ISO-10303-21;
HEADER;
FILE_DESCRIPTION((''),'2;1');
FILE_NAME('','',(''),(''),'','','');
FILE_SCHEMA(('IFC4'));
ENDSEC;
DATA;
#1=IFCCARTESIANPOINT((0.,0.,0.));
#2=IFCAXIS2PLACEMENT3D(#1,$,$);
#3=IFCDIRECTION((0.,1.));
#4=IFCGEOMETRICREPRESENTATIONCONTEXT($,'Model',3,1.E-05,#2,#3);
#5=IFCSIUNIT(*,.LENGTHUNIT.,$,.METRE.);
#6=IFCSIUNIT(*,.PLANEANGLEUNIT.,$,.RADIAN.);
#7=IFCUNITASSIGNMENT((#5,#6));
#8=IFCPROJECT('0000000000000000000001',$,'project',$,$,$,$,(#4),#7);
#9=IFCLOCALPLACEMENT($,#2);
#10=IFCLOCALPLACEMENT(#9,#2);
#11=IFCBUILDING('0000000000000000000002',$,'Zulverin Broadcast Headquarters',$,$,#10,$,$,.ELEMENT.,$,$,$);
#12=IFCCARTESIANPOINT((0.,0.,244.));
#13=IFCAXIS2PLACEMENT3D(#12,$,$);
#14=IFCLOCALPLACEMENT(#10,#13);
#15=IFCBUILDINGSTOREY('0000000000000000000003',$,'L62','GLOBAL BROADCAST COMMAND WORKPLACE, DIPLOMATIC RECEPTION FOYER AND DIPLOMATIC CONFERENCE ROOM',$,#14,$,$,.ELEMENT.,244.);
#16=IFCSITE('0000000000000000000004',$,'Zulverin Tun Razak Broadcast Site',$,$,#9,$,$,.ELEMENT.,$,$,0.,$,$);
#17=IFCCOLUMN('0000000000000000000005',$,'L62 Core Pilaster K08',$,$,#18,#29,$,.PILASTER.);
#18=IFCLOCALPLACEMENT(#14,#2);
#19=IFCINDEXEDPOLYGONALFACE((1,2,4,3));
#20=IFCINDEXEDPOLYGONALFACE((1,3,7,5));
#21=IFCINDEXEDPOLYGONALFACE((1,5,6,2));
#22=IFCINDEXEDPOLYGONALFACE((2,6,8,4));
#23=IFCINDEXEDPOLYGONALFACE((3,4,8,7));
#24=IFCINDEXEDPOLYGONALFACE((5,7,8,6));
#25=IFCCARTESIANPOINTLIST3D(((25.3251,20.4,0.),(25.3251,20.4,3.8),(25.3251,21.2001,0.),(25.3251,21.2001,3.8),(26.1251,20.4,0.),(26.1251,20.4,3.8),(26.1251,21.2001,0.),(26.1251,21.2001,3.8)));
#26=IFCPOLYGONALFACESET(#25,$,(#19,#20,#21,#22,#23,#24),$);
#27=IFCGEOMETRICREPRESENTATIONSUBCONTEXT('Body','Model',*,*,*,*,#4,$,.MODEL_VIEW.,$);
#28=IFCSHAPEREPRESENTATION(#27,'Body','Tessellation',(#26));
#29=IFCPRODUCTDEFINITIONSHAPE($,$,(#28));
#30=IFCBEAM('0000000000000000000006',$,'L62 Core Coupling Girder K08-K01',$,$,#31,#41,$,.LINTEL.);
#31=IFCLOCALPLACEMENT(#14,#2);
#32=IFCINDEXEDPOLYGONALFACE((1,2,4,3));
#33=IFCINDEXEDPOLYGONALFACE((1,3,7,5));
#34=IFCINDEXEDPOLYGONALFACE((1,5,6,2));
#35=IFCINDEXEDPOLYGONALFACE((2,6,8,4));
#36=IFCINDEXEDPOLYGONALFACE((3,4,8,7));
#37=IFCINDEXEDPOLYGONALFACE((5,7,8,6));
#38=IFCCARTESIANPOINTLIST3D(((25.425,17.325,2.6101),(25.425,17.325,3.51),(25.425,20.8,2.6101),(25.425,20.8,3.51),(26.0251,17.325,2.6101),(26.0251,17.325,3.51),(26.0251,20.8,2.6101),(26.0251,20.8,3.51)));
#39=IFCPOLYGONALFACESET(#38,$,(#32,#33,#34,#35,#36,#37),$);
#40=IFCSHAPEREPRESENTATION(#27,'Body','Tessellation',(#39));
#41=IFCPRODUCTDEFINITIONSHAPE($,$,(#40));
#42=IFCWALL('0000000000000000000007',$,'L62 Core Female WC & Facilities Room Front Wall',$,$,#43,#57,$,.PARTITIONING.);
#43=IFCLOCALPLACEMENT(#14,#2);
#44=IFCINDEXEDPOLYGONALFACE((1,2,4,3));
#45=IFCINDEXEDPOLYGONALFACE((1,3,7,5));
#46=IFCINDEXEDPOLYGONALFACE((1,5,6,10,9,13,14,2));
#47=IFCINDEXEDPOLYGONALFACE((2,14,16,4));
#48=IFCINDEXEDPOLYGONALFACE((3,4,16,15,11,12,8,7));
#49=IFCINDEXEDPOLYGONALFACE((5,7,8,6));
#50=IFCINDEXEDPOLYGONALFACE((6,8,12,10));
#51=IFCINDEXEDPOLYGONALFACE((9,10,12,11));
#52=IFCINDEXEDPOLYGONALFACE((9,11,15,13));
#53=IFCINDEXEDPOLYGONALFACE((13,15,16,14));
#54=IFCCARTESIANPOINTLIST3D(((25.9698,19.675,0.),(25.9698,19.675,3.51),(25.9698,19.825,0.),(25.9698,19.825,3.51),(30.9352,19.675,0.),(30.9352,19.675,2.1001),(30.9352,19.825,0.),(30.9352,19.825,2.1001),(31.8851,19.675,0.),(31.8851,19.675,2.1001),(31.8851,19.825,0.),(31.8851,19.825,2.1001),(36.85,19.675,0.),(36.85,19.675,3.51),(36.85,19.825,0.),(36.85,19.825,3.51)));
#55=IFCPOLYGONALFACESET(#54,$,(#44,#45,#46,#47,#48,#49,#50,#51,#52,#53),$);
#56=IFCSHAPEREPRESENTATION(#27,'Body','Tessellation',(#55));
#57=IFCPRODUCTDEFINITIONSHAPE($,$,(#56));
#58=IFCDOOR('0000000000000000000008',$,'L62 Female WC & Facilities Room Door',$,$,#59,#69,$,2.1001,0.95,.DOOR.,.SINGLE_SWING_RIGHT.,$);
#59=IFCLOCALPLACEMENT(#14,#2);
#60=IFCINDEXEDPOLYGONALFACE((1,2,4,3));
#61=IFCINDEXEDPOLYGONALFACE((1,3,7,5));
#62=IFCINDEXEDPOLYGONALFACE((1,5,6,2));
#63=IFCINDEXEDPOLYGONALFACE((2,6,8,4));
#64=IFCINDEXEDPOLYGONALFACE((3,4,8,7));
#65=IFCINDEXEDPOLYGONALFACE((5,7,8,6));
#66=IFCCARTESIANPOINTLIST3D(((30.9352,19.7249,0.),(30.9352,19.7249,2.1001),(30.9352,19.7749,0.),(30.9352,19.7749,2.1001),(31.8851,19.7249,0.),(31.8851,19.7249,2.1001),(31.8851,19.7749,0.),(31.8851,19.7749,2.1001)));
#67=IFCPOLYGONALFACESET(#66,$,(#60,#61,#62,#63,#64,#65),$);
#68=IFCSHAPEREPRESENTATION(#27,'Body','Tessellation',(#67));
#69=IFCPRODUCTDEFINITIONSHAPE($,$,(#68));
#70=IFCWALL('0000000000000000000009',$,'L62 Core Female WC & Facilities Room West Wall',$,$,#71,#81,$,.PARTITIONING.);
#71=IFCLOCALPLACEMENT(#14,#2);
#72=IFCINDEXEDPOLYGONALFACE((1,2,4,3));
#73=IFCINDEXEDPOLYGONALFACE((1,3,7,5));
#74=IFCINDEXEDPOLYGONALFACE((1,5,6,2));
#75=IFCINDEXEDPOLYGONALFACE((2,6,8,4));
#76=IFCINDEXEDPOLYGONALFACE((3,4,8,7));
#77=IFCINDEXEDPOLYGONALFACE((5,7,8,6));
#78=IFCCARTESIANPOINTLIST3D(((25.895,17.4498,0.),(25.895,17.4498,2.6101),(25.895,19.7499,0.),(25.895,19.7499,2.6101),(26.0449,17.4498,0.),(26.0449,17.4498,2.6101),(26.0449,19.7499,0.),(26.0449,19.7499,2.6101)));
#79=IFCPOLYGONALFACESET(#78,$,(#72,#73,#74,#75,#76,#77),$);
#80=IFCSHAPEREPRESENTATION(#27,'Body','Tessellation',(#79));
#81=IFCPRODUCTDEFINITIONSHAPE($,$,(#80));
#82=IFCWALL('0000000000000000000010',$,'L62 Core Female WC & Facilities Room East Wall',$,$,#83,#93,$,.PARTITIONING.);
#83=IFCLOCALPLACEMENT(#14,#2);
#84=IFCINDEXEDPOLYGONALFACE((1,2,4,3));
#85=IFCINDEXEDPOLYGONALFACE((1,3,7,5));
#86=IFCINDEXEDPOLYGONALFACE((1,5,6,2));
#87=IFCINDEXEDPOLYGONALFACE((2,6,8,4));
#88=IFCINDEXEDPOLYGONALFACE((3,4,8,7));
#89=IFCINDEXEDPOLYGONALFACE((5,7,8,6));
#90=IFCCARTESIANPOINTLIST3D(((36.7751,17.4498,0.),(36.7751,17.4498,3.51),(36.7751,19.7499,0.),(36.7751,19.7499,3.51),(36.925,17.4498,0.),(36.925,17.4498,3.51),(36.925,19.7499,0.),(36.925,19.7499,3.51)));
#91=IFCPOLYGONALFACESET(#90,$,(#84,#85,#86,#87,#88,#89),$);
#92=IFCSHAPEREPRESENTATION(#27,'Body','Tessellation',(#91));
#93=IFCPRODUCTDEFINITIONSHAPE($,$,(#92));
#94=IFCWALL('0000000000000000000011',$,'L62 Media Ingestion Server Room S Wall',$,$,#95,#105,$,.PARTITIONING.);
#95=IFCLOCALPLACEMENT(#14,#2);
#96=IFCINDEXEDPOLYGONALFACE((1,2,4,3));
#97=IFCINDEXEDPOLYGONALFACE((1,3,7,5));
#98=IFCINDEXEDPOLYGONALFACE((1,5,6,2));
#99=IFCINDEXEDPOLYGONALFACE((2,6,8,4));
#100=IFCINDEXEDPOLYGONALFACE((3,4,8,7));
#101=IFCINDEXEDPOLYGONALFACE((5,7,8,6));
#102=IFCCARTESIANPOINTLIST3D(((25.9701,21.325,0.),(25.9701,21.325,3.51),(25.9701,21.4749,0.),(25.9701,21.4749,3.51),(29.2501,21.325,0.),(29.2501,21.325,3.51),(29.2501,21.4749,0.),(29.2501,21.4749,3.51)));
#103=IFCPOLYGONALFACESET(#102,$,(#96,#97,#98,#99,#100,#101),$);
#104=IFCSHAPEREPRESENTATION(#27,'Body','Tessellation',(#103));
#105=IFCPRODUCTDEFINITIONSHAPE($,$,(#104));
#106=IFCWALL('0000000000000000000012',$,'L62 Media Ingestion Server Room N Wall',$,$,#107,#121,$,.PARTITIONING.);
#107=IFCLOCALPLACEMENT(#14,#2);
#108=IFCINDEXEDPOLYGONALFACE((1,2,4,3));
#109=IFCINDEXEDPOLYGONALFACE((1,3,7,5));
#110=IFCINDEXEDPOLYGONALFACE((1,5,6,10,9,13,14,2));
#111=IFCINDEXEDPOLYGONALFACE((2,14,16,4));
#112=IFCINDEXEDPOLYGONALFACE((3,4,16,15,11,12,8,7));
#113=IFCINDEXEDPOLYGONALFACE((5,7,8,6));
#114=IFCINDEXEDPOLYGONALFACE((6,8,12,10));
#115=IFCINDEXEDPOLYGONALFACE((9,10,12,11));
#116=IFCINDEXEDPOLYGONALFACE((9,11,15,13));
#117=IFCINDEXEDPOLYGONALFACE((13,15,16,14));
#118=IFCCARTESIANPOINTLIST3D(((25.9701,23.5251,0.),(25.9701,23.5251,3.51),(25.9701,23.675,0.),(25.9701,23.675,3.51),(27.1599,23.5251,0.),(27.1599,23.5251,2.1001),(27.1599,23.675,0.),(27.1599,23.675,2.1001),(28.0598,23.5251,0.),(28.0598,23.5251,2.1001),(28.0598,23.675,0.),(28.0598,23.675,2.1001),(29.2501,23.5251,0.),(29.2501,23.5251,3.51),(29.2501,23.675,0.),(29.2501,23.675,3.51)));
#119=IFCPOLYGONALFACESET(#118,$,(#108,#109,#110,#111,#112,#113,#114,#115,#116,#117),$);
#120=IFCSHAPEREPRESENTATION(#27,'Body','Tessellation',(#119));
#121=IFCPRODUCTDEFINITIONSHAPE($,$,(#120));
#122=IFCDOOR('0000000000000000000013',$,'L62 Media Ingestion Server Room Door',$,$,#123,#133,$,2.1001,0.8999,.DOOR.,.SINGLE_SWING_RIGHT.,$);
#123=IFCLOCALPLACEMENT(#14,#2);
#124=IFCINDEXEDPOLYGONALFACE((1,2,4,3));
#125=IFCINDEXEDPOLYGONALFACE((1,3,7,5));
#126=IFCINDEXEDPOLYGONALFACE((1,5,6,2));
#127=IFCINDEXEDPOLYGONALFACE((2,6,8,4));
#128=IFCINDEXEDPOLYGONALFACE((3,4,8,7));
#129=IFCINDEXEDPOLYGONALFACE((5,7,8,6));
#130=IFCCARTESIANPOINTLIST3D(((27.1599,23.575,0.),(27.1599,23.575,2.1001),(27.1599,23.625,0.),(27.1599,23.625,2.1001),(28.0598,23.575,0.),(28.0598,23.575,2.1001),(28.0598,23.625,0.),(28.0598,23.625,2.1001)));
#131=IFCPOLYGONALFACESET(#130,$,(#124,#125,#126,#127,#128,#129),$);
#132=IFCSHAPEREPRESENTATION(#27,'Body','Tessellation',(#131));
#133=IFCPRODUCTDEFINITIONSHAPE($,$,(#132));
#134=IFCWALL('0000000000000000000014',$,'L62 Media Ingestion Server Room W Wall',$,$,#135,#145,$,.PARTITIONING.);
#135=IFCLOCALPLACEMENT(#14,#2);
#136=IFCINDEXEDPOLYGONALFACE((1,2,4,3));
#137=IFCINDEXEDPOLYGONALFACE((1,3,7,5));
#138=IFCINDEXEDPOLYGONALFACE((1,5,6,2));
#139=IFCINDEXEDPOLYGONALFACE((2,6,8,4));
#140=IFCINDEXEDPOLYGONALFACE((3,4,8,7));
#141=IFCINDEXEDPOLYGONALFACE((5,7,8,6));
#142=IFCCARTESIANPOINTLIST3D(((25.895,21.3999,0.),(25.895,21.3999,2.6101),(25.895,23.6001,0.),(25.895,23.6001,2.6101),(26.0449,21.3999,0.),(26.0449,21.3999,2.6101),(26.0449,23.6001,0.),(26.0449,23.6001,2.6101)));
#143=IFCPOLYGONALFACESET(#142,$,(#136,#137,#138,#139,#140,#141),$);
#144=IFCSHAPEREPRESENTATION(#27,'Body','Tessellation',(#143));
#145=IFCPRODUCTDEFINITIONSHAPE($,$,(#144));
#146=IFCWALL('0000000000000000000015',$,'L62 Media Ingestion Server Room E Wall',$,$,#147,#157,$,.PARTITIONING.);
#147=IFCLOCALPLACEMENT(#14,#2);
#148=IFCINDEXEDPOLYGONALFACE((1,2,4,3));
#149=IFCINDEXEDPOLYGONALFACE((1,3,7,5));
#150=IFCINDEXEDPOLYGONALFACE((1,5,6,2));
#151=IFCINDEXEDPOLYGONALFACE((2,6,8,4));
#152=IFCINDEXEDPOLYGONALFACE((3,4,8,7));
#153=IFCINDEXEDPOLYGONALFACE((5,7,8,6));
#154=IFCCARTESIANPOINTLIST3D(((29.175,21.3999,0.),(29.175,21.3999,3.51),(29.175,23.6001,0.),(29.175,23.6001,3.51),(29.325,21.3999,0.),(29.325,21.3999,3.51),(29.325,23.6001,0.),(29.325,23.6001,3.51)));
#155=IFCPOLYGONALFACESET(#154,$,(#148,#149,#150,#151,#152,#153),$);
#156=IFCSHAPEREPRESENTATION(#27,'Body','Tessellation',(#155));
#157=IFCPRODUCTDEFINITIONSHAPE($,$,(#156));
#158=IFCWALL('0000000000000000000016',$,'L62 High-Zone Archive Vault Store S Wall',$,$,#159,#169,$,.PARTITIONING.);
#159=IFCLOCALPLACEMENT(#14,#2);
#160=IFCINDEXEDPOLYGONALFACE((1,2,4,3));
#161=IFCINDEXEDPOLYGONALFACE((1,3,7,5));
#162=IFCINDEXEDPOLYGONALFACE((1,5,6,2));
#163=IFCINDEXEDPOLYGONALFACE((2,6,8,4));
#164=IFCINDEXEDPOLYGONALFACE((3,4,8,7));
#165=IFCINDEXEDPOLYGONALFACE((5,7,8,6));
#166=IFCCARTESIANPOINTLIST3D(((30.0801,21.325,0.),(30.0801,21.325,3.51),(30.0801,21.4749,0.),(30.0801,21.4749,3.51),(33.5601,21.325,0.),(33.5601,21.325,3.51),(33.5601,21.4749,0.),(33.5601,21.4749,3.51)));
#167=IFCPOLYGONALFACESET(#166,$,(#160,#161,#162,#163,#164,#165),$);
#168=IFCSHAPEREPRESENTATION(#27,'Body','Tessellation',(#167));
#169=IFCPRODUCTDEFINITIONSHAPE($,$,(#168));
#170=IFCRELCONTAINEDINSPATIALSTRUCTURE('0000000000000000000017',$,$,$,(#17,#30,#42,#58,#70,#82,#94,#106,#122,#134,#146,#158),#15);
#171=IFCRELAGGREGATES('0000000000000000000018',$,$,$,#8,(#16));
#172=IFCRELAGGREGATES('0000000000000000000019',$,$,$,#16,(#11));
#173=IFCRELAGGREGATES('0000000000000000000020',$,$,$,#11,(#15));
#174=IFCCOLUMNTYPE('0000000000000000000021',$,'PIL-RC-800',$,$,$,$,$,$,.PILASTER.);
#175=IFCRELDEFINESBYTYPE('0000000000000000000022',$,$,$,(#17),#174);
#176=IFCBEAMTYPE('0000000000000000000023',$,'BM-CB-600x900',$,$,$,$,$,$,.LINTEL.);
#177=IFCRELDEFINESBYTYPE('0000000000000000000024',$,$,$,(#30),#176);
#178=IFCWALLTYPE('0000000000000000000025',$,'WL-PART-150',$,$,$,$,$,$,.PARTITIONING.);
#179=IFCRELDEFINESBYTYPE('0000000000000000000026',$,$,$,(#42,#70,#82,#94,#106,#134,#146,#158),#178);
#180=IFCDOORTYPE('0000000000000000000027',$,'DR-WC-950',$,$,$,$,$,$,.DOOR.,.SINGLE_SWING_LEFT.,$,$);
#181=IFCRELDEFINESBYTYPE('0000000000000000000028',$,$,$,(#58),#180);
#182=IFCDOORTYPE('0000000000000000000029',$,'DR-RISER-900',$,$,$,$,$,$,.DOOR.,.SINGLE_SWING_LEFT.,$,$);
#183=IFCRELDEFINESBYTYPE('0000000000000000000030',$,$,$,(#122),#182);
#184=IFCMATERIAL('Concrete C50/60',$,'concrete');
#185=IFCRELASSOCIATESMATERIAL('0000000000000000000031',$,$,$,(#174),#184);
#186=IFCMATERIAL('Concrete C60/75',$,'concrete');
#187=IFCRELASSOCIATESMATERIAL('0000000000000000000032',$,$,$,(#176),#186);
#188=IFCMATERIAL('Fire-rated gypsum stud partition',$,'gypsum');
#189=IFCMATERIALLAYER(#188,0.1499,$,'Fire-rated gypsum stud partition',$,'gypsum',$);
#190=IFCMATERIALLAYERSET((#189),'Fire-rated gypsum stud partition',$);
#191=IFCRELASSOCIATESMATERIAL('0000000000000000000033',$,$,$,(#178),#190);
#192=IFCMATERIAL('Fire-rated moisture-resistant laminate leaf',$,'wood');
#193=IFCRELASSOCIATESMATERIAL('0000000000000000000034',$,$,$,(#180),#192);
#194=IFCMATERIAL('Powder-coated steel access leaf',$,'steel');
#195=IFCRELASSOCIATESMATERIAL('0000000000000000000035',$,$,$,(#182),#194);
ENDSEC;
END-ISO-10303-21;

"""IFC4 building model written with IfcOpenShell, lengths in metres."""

from ifc_helpers import new_model, si_unit, direction, frame, frame_2d, origin, origin_2d, place, context, subcontext, project, spatial, rectangle, extrude, material, layer, layer_set, material_profile, profile_set, type_object, element, fill, save


model = new_model("IFC4")

# Units and contexts
model_context = context("Model", 3, precision=1e-05, world=origin(), true_north=direction((0.0, 1.0)))
body_context = subcontext(model_context, "Body", "Model", "MODEL_VIEW")
ifc_project = project(units=[si_unit("LENGTHUNIT", "METRE"), si_unit("PLANEANGLEUNIT", "RADIAN")], contexts=[model_context])

# Site, building, storey
site_placement = place(None, origin())
site = spatial("IfcSite", under=ifc_project, at=site_placement, Name="Zulverin Tun Razak Broadcast Site", CompositionType="ELEMENT", RefElevation=0.0)
building_placement = place(site_placement, origin())
building = spatial("IfcBuilding", under=site, at=building_placement, Name="Zulverin Broadcast Headquarters", CompositionType="ELEMENT")
storey_placement = place(building_placement, frame((0.0, 0.0, 244.0)))
storey = spatial("IfcBuildingStorey", under=building, at=storey_placement, Name="L62", Description="GLOBAL BROADCAST COMMAND WORKPLACE, DIPLOMATIC RECEPTION FOYER AND DIPLOMATIC CONFERENCE ROOM", CompositionType="ELEMENT", Elevation=244.0)

# Column
ifc_material_1 = material(Name="Concrete C50/60", Category="concrete")
ifc_material_profile_1 = material_profile(ifc_material_1, rectangle(XDim=0.8, YDim=0.8, at=origin_2d()), Name="Concrete C50/60", Category="concrete")
ifc_profile_set_1 = profile_set([ifc_material_profile_1], Name="Concrete C50/60")
column_type = type_object("IfcColumnType", Name="PIL-RC-800", PredefinedType="PILASTER", material=ifc_profile_set_1)
column_placement = place(storey_placement, frame((25.7251, 20.8, 0.0), z_axis=(0.0, 0.0, 1.0), x_axis=(1.0, 0.0, 0.0)))
element("IfcColumn", 1, at=column_placement, inside=storey, type_object=column_type, Name="L62 Core Pilaster K08", PredefinedType="PILASTER", context=body_context, shape_type="SweptSolid", body=[
    extrude(rectangle(XDim=0.8, YDim=0.8, at=origin_2d()), origin(), (0.0, 0.0, 1.0), 3.8),
])

# Beam
ifc_material_2 = material(Name="Concrete C60/75", Category="concrete")
ifc_material_profile_2 = material_profile(ifc_material_2, rectangle(XDim=0.6001, YDim=0.8999, at=origin_2d()), Name="Concrete C60/75", Category="concrete")
ifc_profile_set_2 = profile_set([ifc_material_profile_2], Name="Concrete C60/75")
beam_type = type_object("IfcBeamType", Name="BM-CB-600x900", PredefinedType="LINTEL", material=ifc_profile_set_2)
beam_placement = place(storey_placement, frame((25.7251, 20.8, 3.0601), z_axis=(0.0, -1.0, 0.0), x_axis=(1.0, 0.0, 0.0)))
element("IfcBeam", 2, at=beam_placement, inside=storey, type_object=beam_type, Name="L62 Core Coupling Girder K08-K01", PredefinedType="LINTEL", context=body_context, shape_type="SweptSolid", body=[
    extrude(rectangle(XDim=0.6001, YDim=0.8999, at=origin_2d()), origin(), (0.0, 0.0, 1.0), 3.4751),
])

# Wall, opening, door
ifc_material_3 = material(Name="Fire-rated gypsum stud partition", Category="gypsum")
ifc_layer = layer(ifc_material_3, 0.1499, Name="Fire-rated gypsum stud partition", Category="gypsum")
ifc_layer_set = layer_set([ifc_layer], Name="Fire-rated gypsum stud partition")
wall_type = type_object("IfcWallType", Name="WL-PART-150", PredefinedType="PARTITIONING", material=ifc_layer_set)
wall_1_placement = place(storey_placement, frame((25.97, 19.75, 0.0), z_axis=(0.0, 0.0, 1.0), x_axis=(1.0, 0.0, 0.0)))
wall_1 = element("IfcWall", 3, at=wall_1_placement, inside=storey, type_object=wall_type, Name="L62 Core Female WC & Facilities Room Front Wall", PredefinedType="PARTITIONING", context=body_context, shape_type="SweptSolid", body=[
    extrude(rectangle(XDim=10.8801, YDim=0.1499, at=frame_2d((5.4399, 0.0))), origin(), (0.0, 0.0, 1.0), 3.51),
])
opening_1_placement = place(wall_1_placement, frame((4.9651, 0.0, 0.0)))
opening_1 = element("IfcOpeningElement", 4, at=opening_1_placement, cuts=wall_1, PredefinedType="OPENING", context=body_context, shape_type="SweptSolid", body=[
    extrude(rectangle(XDim=0.95, YDim=2.1001, at=frame_2d((0.4751, 1.05))), frame((0.0, 0.085, 0.0), z_axis=(0.0, -1.0, 0.0), x_axis=(1.0, 0.0, 0.0)), (0.0, 0.0, 1.0), 0.1699),
])
ifc_material_4 = material(Name="Fire-rated moisture-resistant laminate leaf", Category="wood")
door_type_1 = type_object("IfcDoorType", Name="DR-WC-950", OperationType="SINGLE_SWING_LEFT", PredefinedType="DOOR", material=ifc_material_4)
door_1_placement = place(opening_1_placement, origin())
door_1 = element("IfcDoor", 5, at=door_1_placement, inside=storey, type_object=door_type_1, Name="L62 Female WC & Facilities Room Door", OperationType="SINGLE_SWING_RIGHT", OverallHeight=2.1001, OverallWidth=0.95, PredefinedType="DOOR", context=body_context, shape_type="SweptSolid", body=[
    extrude(rectangle(XDim=0.95, YDim=2.1001, at=frame_2d((0.4751, 1.05))), frame((0.0, 0.0249, 0.0), z_axis=(0.0, -1.0, 0.0), x_axis=(1.0, 0.0, 0.0)), (0.0, 0.0, 1.0), 0.05),
])
fill(opening_1, door_1)

# Walls
wall_2_placement = place(storey_placement, frame((25.97, 17.45, 0.0), z_axis=(0.0, 0.0, 1.0), x_axis=(0.0, 1.0, 0.0)))
element("IfcWall", 6, at=wall_2_placement, inside=storey, type_object=wall_type, Name="L62 Core Female WC & Facilities Room West Wall", PredefinedType="PARTITIONING", context=body_context, shape_type="SweptSolid", body=[
    extrude(rectangle(XDim=2.3, YDim=0.1499, at=frame_2d((1.1499, 0.0))), origin(), (0.0, 0.0, 1.0), 2.6101),
])
wall_3_placement = place(storey_placement, frame((36.8501, 17.45, 0.0), z_axis=(0.0, 0.0, 1.0), x_axis=(0.0, 1.0, 0.0)))
element("IfcWall", 7, at=wall_3_placement, inside=storey, type_object=wall_type, Name="L62 Core Female WC & Facilities Room East Wall", PredefinedType="PARTITIONING", context=body_context, shape_type="SweptSolid", body=[
    extrude(rectangle(XDim=2.3, YDim=0.1499, at=frame_2d((1.1499, 0.0))), origin(), (0.0, 0.0, 1.0), 3.51),
])
wall_4_placement = place(storey_placement, frame((25.97, 21.3999, 0.0), z_axis=(0.0, 0.0, 1.0), x_axis=(1.0, 0.0, 0.0)))
element("IfcWall", 8, at=wall_4_placement, inside=storey, type_object=wall_type, Name="L62 Media Ingestion Server Room S Wall", PredefinedType="PARTITIONING", context=body_context, shape_type="SweptSolid", body=[
    extrude(rectangle(XDim=3.28, YDim=0.1499, at=frame_2d((1.6401, 0.0))), origin(), (0.0, 0.0, 1.0), 3.51),
])

# Wall, opening, door
wall_5_placement = place(storey_placement, frame((25.97, 23.6001, 0.0), z_axis=(0.0, 0.0, 1.0), x_axis=(1.0, 0.0, 0.0)))
wall_5 = element("IfcWall", 9, at=wall_5_placement, inside=storey, type_object=wall_type, Name="L62 Media Ingestion Server Room N Wall", PredefinedType="PARTITIONING", context=body_context, shape_type="SweptSolid", body=[
    extrude(rectangle(XDim=3.28, YDim=0.1499, at=frame_2d((1.6401, 0.0))), origin(), (0.0, 0.0, 1.0), 3.51),
])
opening_2_placement = place(wall_5_placement, frame((1.1899, 0.0, 0.0)))
opening_2 = element("IfcOpeningElement", 10, at=opening_2_placement, cuts=wall_5, PredefinedType="OPENING", context=body_context, shape_type="SweptSolid", body=[
    extrude(rectangle(XDim=0.8999, YDim=2.1001, at=frame_2d((0.45, 1.05))), frame((0.0, 0.085, 0.0), z_axis=(0.0, -1.0, 0.0), x_axis=(1.0, 0.0, 0.0)), (0.0, 0.0, 1.0), 0.1699),
])
ifc_material_5 = material(Name="Powder-coated steel access leaf", Category="steel")
door_type_2 = type_object("IfcDoorType", Name="DR-RISER-900", OperationType="SINGLE_SWING_LEFT", PredefinedType="DOOR", material=ifc_material_5)
door_2_placement = place(opening_2_placement, origin())
door_2 = element("IfcDoor", 11, at=door_2_placement, inside=storey, type_object=door_type_2, Name="L62 Media Ingestion Server Room Door", OperationType="SINGLE_SWING_RIGHT", OverallHeight=2.1001, OverallWidth=0.8999, PredefinedType="DOOR", context=body_context, shape_type="SweptSolid", body=[
    extrude(rectangle(XDim=0.8999, YDim=2.1001, at=frame_2d((0.45, 1.05))), frame((0.0, 0.0249, 0.0), z_axis=(0.0, -1.0, 0.0), x_axis=(1.0, 0.0, 0.0)), (0.0, 0.0, 1.0), 0.05),
])
fill(opening_2, door_2)

# Walls
wall_6_placement = place(storey_placement, frame((25.97, 21.3999, 0.0), z_axis=(0.0, 0.0, 1.0), x_axis=(0.0, 1.0, 0.0)))
element("IfcWall", 12, at=wall_6_placement, inside=storey, type_object=wall_type, Name="L62 Media Ingestion Server Room W Wall", PredefinedType="PARTITIONING", context=body_context, shape_type="SweptSolid", body=[
    extrude(rectangle(XDim=2.2002, YDim=0.1499, at=frame_2d((1.1001, 0.0))), origin(), (0.0, 0.0, 1.0), 2.6101),
])
wall_7_placement = place(storey_placement, frame((29.25, 21.3999, 0.0), z_axis=(0.0, 0.0, 1.0), x_axis=(0.0, 1.0, 0.0)))
element("IfcWall", 13, at=wall_7_placement, inside=storey, type_object=wall_type, Name="L62 Media Ingestion Server Room E Wall", PredefinedType="PARTITIONING", context=body_context, shape_type="SweptSolid", body=[
    extrude(rectangle(XDim=2.2002, YDim=0.1499, at=frame_2d((1.1001, 0.0))), origin(), (0.0, 0.0, 1.0), 3.51),
])
wall_8_placement = place(storey_placement, frame((30.0801, 21.3999, 0.0), z_axis=(0.0, 0.0, 1.0), x_axis=(1.0, 0.0, 0.0)))
element("IfcWall", 14, at=wall_8_placement, inside=storey, type_object=wall_type, Name="L62 High-Zone Archive Vault Store S Wall", PredefinedType="PARTITIONING", context=body_context, shape_type="SweptSolid", body=[
    extrude(rectangle(XDim=3.48, YDim=0.1499, at=frame_2d((1.74, 0.0))), origin(), (0.0, 0.0, 1.0), 3.51),
])

save(model, "model.ifc")
